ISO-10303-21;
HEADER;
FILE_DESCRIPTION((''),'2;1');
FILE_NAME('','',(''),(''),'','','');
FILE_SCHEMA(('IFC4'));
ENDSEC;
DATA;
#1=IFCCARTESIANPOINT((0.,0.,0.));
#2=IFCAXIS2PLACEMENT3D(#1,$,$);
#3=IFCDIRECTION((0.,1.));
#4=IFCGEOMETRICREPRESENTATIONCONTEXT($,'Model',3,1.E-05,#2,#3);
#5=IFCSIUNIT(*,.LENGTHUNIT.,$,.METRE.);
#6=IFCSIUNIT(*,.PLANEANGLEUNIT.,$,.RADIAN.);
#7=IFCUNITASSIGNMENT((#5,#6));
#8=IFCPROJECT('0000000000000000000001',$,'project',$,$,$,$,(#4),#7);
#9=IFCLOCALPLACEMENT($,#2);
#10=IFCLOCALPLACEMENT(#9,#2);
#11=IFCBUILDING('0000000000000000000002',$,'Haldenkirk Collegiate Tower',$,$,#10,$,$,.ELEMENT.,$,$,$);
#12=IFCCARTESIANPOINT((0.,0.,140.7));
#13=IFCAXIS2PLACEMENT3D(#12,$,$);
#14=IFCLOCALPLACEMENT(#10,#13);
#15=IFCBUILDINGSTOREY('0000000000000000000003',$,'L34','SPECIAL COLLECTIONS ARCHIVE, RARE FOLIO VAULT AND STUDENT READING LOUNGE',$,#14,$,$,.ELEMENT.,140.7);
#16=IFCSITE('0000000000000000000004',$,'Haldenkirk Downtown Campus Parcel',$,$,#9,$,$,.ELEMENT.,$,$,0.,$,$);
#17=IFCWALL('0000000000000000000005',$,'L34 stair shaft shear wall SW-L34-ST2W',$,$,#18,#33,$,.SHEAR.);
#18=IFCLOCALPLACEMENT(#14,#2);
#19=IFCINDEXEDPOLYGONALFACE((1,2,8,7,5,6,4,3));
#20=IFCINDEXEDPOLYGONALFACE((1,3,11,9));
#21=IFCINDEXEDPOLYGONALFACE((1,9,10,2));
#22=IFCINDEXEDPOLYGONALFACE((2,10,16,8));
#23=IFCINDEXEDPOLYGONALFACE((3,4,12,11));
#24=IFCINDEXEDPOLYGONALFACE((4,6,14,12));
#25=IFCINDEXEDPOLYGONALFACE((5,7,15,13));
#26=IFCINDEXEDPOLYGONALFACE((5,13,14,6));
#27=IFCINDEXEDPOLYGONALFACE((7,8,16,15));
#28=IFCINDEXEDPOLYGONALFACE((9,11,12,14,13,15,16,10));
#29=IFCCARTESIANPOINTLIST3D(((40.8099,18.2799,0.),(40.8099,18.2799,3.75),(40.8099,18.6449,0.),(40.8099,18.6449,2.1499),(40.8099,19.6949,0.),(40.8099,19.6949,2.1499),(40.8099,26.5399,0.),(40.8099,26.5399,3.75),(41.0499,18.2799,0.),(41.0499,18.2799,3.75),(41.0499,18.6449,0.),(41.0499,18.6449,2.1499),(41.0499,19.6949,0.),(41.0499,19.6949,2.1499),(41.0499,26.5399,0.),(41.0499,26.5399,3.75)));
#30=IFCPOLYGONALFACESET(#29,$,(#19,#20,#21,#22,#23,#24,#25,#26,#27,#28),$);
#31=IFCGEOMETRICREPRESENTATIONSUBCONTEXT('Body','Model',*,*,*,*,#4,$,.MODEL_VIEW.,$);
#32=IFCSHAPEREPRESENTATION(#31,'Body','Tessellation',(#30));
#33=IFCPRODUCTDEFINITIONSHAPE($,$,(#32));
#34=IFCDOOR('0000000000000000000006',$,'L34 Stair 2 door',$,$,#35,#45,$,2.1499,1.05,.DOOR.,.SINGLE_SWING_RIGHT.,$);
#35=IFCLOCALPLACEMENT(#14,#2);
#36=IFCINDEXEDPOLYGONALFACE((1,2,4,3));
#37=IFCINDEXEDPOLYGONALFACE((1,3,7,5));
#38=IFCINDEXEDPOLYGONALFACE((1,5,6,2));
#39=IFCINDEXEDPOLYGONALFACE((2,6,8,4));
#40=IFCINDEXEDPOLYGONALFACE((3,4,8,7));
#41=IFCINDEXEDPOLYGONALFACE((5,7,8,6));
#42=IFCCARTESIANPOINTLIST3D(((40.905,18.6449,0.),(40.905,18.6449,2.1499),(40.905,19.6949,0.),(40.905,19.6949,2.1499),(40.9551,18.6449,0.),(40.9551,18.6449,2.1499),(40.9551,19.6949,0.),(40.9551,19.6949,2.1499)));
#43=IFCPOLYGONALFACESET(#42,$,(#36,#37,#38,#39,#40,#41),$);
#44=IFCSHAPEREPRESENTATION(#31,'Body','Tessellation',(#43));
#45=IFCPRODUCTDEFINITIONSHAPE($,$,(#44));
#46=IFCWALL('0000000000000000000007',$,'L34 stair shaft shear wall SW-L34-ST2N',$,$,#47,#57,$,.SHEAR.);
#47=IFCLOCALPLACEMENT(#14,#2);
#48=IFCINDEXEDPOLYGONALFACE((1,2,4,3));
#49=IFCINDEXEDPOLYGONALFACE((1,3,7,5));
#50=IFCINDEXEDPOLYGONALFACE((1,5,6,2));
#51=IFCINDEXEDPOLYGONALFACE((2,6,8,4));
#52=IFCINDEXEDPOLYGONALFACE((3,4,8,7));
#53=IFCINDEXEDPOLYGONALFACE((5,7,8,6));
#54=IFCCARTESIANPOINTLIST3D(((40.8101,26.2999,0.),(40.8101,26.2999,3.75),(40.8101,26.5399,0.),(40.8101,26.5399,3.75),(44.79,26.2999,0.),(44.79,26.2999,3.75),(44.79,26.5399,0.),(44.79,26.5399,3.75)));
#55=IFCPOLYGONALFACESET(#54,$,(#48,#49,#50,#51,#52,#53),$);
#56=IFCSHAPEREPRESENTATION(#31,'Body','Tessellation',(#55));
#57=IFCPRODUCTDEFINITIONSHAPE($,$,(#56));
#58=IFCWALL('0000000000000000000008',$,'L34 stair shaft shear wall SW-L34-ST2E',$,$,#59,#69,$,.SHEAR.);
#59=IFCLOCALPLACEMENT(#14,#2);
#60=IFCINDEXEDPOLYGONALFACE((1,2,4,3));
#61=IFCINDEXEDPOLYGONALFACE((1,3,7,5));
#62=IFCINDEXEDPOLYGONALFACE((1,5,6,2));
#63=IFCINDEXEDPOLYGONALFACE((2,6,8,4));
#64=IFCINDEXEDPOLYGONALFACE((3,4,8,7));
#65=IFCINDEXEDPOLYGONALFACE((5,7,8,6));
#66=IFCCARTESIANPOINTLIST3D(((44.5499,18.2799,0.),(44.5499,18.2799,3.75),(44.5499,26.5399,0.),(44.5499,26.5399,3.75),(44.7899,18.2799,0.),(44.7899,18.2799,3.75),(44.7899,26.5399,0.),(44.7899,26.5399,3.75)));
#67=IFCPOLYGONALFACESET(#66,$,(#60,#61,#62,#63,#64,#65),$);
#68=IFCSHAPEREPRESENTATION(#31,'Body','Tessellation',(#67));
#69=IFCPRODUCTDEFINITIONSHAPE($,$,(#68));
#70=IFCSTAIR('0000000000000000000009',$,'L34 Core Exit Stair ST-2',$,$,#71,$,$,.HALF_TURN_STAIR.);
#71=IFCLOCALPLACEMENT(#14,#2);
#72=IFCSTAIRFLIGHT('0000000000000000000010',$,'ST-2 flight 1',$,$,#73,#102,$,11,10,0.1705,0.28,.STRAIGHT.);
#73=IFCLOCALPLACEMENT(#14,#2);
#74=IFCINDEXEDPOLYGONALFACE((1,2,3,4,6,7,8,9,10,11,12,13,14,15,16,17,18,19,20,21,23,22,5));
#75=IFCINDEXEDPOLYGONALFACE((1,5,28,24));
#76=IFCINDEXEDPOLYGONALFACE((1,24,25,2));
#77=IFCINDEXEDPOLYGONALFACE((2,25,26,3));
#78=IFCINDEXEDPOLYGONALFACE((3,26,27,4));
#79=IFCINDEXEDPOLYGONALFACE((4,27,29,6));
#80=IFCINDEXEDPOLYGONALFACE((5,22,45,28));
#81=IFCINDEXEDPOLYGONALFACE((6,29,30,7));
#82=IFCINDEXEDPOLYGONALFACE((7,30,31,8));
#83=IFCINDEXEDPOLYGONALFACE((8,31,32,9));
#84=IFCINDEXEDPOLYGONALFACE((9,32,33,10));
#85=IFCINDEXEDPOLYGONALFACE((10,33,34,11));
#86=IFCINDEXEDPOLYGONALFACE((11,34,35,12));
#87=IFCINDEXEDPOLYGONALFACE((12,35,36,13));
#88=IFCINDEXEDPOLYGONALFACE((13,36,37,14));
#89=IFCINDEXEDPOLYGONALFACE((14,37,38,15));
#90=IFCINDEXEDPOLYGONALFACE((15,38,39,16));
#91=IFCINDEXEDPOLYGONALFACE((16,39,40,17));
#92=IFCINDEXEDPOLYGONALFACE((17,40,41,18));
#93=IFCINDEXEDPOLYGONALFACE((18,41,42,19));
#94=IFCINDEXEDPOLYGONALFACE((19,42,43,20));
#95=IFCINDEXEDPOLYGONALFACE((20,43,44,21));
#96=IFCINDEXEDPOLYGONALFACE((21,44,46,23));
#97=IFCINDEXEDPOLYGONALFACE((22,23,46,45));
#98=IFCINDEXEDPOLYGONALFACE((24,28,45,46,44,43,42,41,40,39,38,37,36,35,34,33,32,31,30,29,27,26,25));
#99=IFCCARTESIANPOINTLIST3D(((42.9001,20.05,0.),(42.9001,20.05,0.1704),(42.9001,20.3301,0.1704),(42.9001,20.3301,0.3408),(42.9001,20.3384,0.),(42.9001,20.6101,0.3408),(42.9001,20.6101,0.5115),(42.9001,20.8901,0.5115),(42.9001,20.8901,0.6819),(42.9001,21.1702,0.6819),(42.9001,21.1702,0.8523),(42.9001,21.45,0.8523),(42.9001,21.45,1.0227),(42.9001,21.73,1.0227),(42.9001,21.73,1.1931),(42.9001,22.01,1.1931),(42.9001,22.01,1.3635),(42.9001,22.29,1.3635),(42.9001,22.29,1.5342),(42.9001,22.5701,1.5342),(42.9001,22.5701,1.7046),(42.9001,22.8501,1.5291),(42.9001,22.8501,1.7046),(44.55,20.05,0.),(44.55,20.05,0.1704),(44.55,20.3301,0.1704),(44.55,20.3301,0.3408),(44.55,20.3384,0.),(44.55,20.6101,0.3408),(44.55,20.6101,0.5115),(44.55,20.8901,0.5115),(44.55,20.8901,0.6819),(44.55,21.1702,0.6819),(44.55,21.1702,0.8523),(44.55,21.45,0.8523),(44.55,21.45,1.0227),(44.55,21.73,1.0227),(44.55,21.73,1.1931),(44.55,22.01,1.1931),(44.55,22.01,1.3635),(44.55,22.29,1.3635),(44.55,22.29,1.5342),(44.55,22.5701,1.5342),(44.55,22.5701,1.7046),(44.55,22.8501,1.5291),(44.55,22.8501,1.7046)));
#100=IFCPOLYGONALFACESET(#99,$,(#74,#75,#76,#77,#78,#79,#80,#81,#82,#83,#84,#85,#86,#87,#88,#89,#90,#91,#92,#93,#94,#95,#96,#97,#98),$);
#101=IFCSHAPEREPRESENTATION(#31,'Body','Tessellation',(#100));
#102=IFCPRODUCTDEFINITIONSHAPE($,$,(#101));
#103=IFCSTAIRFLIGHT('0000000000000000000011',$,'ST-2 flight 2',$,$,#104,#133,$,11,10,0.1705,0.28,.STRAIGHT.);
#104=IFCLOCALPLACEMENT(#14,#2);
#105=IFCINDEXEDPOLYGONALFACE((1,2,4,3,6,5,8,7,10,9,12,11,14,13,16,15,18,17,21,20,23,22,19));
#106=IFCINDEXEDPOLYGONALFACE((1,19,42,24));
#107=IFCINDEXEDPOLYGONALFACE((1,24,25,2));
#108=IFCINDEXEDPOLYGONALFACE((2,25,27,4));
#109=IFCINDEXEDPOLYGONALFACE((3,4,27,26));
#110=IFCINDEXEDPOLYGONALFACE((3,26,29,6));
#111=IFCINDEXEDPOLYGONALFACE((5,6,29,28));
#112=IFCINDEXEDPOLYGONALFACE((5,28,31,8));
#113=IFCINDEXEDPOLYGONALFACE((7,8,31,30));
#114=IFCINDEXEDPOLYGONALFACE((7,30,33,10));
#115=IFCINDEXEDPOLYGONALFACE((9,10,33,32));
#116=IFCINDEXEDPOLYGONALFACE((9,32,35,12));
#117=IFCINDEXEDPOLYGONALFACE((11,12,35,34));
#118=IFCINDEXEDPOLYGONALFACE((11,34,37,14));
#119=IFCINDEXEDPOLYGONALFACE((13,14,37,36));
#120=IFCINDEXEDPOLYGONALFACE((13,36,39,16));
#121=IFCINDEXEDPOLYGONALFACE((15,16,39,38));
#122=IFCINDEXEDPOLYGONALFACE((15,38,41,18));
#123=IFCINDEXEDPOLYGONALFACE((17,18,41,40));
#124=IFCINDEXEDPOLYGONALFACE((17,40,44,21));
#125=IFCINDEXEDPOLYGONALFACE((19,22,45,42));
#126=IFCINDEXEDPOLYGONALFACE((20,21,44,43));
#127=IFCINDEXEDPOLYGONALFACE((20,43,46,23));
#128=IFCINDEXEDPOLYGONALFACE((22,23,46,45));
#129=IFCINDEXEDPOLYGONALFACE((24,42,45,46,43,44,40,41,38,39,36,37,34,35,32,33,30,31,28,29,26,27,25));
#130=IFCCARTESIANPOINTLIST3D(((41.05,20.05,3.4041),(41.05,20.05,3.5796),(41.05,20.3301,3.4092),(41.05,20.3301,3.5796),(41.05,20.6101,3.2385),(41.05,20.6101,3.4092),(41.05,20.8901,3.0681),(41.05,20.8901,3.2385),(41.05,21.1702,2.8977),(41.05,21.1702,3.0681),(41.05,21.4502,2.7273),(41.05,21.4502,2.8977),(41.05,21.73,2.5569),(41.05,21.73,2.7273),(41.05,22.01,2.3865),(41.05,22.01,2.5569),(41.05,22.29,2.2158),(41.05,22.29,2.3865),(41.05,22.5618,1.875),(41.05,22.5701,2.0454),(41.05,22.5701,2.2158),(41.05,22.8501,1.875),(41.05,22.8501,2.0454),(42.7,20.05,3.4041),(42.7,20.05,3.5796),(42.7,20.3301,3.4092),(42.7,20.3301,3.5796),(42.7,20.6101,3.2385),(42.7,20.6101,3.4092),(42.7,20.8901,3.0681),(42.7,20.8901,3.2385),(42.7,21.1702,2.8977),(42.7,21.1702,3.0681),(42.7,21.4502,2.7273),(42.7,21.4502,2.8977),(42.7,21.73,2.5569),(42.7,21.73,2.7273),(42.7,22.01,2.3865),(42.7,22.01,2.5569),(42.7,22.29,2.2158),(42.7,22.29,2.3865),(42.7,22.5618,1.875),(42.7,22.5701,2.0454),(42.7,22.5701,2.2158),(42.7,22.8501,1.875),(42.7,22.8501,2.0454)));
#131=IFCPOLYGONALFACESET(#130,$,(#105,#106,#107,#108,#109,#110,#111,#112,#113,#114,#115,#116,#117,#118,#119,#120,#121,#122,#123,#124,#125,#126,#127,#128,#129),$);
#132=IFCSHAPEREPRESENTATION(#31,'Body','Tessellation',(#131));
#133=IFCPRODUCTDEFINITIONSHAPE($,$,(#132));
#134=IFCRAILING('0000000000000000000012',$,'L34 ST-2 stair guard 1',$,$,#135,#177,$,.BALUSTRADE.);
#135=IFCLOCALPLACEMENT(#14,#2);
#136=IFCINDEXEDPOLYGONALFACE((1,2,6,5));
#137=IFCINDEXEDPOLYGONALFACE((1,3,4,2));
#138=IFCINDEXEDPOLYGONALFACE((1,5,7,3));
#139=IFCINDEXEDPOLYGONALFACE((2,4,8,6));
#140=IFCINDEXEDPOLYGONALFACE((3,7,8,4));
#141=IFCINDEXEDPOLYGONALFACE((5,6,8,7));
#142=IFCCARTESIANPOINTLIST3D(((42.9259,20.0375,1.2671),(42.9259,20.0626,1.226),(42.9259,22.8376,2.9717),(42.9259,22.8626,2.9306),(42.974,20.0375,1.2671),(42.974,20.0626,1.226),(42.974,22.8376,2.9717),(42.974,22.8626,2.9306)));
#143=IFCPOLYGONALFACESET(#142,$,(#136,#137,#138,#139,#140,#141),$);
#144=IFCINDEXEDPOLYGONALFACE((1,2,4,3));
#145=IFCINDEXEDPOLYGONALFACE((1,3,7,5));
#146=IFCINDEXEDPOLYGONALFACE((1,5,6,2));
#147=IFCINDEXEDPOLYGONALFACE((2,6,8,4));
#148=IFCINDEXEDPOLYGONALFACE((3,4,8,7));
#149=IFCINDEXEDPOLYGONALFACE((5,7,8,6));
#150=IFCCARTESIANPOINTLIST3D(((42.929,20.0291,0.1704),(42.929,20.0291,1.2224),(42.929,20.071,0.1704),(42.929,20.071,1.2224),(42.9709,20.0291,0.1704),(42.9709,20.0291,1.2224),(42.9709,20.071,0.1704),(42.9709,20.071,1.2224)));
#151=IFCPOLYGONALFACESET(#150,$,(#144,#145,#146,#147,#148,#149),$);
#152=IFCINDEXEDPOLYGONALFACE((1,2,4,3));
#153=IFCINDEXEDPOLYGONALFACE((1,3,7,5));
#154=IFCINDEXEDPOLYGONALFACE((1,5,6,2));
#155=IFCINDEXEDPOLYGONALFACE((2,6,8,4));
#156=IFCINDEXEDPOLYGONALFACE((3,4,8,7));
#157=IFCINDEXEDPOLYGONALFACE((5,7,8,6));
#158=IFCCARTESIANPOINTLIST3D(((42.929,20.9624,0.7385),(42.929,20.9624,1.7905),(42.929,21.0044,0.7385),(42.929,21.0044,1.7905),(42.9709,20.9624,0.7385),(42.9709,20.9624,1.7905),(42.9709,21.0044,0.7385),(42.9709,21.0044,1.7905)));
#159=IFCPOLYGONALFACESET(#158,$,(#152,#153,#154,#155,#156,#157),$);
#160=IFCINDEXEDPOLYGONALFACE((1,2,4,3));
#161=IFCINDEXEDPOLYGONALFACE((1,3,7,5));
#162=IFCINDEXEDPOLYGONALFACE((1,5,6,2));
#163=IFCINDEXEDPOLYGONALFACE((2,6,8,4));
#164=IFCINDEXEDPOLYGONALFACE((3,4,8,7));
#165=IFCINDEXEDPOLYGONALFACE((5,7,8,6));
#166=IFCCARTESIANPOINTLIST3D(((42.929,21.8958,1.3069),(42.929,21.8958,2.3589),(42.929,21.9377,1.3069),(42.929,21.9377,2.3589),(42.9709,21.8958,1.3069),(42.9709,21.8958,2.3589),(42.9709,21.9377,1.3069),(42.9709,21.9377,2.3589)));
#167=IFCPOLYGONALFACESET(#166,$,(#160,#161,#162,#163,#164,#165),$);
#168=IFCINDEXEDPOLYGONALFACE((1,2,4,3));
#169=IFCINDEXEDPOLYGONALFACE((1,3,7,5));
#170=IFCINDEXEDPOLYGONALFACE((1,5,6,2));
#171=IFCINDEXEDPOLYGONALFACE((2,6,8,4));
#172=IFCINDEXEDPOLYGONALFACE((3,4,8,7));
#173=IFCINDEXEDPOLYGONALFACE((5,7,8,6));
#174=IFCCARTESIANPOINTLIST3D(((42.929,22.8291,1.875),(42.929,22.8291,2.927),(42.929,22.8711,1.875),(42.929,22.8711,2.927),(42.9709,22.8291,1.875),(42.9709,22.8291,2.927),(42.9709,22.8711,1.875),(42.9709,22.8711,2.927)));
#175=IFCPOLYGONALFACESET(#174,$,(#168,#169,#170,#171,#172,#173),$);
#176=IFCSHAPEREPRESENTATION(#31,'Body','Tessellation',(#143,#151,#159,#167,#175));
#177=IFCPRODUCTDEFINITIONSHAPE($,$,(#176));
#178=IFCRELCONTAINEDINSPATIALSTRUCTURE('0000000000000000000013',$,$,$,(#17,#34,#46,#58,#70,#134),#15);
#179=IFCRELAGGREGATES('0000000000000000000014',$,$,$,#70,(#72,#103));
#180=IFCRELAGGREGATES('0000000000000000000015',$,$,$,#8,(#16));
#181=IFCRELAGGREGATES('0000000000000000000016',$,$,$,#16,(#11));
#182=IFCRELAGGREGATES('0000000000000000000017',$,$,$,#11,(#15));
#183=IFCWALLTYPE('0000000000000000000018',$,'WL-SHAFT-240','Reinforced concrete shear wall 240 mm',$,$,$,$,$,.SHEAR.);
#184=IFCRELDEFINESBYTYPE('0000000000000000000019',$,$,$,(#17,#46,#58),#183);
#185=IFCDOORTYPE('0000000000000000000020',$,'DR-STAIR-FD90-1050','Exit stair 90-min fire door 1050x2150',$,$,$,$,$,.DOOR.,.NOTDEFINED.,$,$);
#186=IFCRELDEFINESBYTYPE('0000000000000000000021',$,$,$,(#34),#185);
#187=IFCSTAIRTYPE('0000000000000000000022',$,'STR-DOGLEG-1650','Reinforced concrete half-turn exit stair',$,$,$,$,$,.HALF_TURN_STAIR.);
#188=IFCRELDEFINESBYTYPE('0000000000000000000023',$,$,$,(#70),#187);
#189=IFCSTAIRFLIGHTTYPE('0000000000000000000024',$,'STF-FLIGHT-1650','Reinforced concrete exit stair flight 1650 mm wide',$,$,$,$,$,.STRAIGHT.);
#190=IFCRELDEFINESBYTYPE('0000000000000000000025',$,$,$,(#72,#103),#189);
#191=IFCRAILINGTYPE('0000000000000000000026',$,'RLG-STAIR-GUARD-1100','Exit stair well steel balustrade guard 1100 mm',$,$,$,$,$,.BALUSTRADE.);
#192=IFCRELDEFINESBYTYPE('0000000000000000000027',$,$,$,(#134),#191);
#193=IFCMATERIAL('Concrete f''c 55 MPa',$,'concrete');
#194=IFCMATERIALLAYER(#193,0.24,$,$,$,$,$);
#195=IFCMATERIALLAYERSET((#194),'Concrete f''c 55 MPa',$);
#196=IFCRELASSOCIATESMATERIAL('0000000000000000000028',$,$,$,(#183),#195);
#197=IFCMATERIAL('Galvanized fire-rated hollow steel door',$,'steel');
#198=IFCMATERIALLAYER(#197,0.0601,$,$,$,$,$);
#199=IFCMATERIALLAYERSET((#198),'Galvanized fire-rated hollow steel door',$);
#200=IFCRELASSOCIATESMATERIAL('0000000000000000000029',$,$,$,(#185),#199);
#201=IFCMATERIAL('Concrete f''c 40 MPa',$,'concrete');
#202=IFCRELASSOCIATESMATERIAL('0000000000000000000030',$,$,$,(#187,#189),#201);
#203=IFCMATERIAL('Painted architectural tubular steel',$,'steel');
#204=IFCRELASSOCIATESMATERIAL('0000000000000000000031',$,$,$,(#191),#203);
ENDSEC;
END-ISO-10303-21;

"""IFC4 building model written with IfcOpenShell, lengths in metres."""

from ifc_helpers import new_model, si_unit, direction, frame, frame_2d, origin, origin_2d, place, context, subcontext, project, spatial, polyline, rectangle, outline, extrude, material, layer, layer_set, type_object, element, fill, aggregate, save


model = new_model("IFC4")

# Units and contexts
model_context = context("Model", 3, precision=1e-05, world=origin(), true_north=direction((0.0, 1.0)))
body_context = subcontext(model_context, "Body", "Model", "MODEL_VIEW")
ifc_project = project(units=[si_unit("LENGTHUNIT", "METRE"), si_unit("PLANEANGLEUNIT", "RADIAN")], contexts=[model_context])

# Site, building, storey
site_placement = place(None, origin())
site = spatial("IfcSite", under=ifc_project, at=site_placement, Name="Haldenkirk Downtown Campus Parcel", CompositionType="ELEMENT", RefElevation=0.0)
building_placement = place(site_placement, origin())
building = spatial("IfcBuilding", under=site, at=building_placement, Name="Haldenkirk Collegiate Tower", CompositionType="ELEMENT")
storey_placement = place(building_placement, frame((0.0, 0.0, 140.7)))
storey = spatial("IfcBuildingStorey", under=building, at=storey_placement, Name="L34", Description="SPECIAL COLLECTIONS ARCHIVE, RARE FOLIO VAULT AND STUDENT READING LOUNGE", CompositionType="ELEMENT", Elevation=140.7)

# Wall, opening, door
ifc_material_1 = material(Name="Concrete f'c 55 MPa", Category="concrete")
ifc_layer_1 = layer(ifc_material_1, 0.24)
ifc_layer_set_1 = layer_set([ifc_layer_1], Name="Concrete f'c 55 MPa")
wall_type_1 = type_object("IfcWallType", Name="WL-SHAFT-240", Description="Reinforced concrete shear wall 240 mm", PredefinedType="SHEAR", material=ifc_layer_set_1)
wall_1_placement = place(storey_placement, frame((40.9299, 18.28, 0.0), z_axis=(0.0, 0.0, 1.0), x_axis=(0.0, 1.0, 0.0)))
wall_1 = element("IfcWall", 1, at=wall_1_placement, inside=storey, type_object=wall_type_1, Name="L34 stair shaft shear wall SW-L34-ST2W", PredefinedType="SHEAR", context=body_context, shape_type="SweptSolid", body=[
    extrude(rectangle(XDim=8.26, YDim=0.24, at=frame_2d((4.1299, 0.0))), origin(), (0.0, 0.0, 1.0), 3.75),
])
opening_1_placement = place(wall_1_placement, frame((0.365, 0.0, 0.0)))
opening_1 = element("IfcOpeningElement", 2, at=opening_1_placement, cuts=wall_1, PredefinedType="OPENING", context=body_context, shape_type="SweptSolid", body=[
    extrude(rectangle(XDim=1.05, YDim=2.1499, at=frame_2d((0.5249, 1.075))), frame((0.0, 0.1299, 0.0), z_axis=(0.0, -1.0, 0.0), x_axis=(1.0, 0.0, 0.0)), (0.0, 0.0, 1.0), 0.26),
])
ifc_material_2 = material(Name="Galvanized fire-rated hollow steel door", Category="steel")
ifc_layer_2 = layer(ifc_material_2, 0.0601)
ifc_layer_set_2 = layer_set([ifc_layer_2], Name="Galvanized fire-rated hollow steel door")
door_type_1 = type_object("IfcDoorType", Name="DR-STAIR-FD90-1050", Description="Exit stair 90-min fire door 1050x2150", OperationType="NOTDEFINED", PredefinedType="DOOR", material=ifc_layer_set_2)
door_1_placement = place(opening_1_placement, origin())
door_1 = element("IfcDoor", 3, at=door_1_placement, inside=storey, type_object=door_type_1, Name="L34 Stair 2 door", OperationType="SINGLE_SWING_RIGHT", OverallHeight=2.1499, OverallWidth=1.05, PredefinedType="DOOR", context=body_context, shape_type="SweptSolid", body=[
    extrude(rectangle(XDim=1.05, YDim=2.1499, at=frame_2d((0.5249, 1.075))), frame((0.0, 0.0249, 0.0), z_axis=(0.0, -1.0, 0.0), x_axis=(1.0, 0.0, 0.0)), (0.0, 0.0, 1.0), 0.05),
])
fill(opening_1, door_1)

# Walls
wall_2_placement = place(storey_placement, frame((40.8101, 26.4199, 0.0), z_axis=(0.0, 0.0, 1.0), x_axis=(1.0, 0.0, 0.0)))
element("IfcWall", 4, at=wall_2_placement, inside=storey, type_object=wall_type_1, Name="L34 stair shaft shear wall SW-L34-ST2N", PredefinedType="SHEAR", context=body_context, shape_type="SweptSolid", body=[
    extrude(rectangle(XDim=3.98, YDim=0.24, at=frame_2d((1.99, 0.0))), origin(), (0.0, 0.0, 1.0), 3.75),
])
wall_3_placement = place(storey_placement, frame((44.6699, 18.28, 0.0), z_axis=(0.0, 0.0, 1.0), x_axis=(0.0, 1.0, 0.0)))
element("IfcWall", 5, at=wall_3_placement, inside=storey, type_object=wall_type_1, Name="L34 stair shaft shear wall SW-L34-ST2E", PredefinedType="SHEAR", context=body_context, shape_type="SweptSolid", body=[
    extrude(rectangle(XDim=8.26, YDim=0.24, at=frame_2d((4.1299, 0.0))), origin(), (0.0, 0.0, 1.0), 3.75),
])

# Stair, stair flights
ifc_material_3 = material(Name="Concrete f'c 40 MPa", Category="concrete")
stair_type = type_object("IfcStairType", Name="STR-DOGLEG-1650", Description="Reinforced concrete half-turn exit stair", PredefinedType="HALF_TURN_STAIR", material=ifc_material_3)
stair_placement = place(storey_placement, origin())
stair = element("IfcStair", 6, at=stair_placement, inside=storey, type_object=stair_type, Name="L34 Core Exit Stair ST-2", PredefinedType="HALF_TURN_STAIR")
stair_flight_type = type_object("IfcStairFlightType", Name="STF-FLIGHT-1650", Description="Reinforced concrete exit stair flight 1650 mm wide", PredefinedType="STRAIGHT", material=ifc_material_3)
stair_flight_1_placement = place(storey_placement, frame((43.7251, 20.05, 0.0), z_axis=(0.0, 0.0, 1.0), x_axis=(0.0, 1.0, 0.0)))
stair_flight_1 = element("IfcStairFlight", 7, at=stair_flight_1_placement, type_object=stair_flight_type, Name="ST-2 flight 1", NumberOfRisers=11, NumberOfTreads=10, PredefinedType="STRAIGHT", RiserHeight=0.1705, TreadLength=0.28, context=body_context, shape_type="SweptSolid", body=[
    extrude(outline(polyline([(0.0, 0.0), (0.0, 0.1704), (0.28, 0.1704), (0.28, 0.3408), (0.5601, 0.3408), (0.5601, 0.5115), (0.8401, 0.5115), (0.8401, 0.6819), (1.1201, 0.6819), (1.1201, 0.8523), (1.3999, 0.8523), (1.3999, 1.0227), (1.6799, 1.0227), (1.6799, 1.1931), (1.96, 1.1931), (1.96, 1.3635), (2.24, 1.3635), (2.24, 1.5342), (2.52, 1.5342), (2.52, 1.7046), (2.8, 1.7046), (2.8, 1.875), (2.8, 1.5291), (0.2883, 0.0), (0.0, 0.0)])), frame((0.0, 0.825, 0.0), z_axis=(0.0, -1.0, 0.0), x_axis=(1.0, 0.0, 0.0)), (0.0, 0.0, 1.0), 1.6499),
])
stair_flight_2_placement = place(storey_placement, frame((41.875, 22.8501, 1.875), z_axis=(0.0, 0.0, 1.0), x_axis=(0.0, -1.0, 0.0)))
stair_flight_2 = element("IfcStairFlight", 8, at=stair_flight_2_placement, type_object=stair_flight_type, Name="ST-2 flight 2", NumberOfRisers=11, NumberOfTreads=10, PredefinedType="STRAIGHT", RiserHeight=0.1705, TreadLength=0.28, context=body_context, shape_type="SweptSolid", body=[
    extrude(outline(polyline([(0.0, 0.0), (0.0, 0.1704), (0.28, 0.1704), (0.28, 0.3408), (0.5601, 0.3408), (0.5601, 0.5115), (0.8401, 0.5115), (0.8401, 0.6819), (1.1201, 0.6819), (1.1201, 0.8523), (1.3999, 0.8523), (1.3999, 1.0227), (1.6799, 1.0227), (1.6799, 1.1931), (1.96, 1.1931), (1.96, 1.3635), (2.24, 1.3635), (2.24, 1.5342), (2.52, 1.5342), (2.52, 1.7046), (2.8, 1.7046), (2.8, 1.875), (2.8, 1.5291), (0.2883, 0.0), (0.0, 0.0)])), frame((0.0, 0.825, 0.0), z_axis=(0.0, -1.0, 0.0), x_axis=(1.0, 0.0, 0.0)), (0.0, 0.0, 1.0), 1.6499),
])
aggregate(stair, [stair_flight_1, stair_flight_2])

# Railing
ifc_material_4 = material(Name="Painted architectural tubular steel", Category="steel")
railing_type_1 = type_object("IfcRailingType", Name="RLG-STAIR-GUARD-1100", Description="Exit stair well steel balustrade guard 1100 mm", PredefinedType="BALUSTRADE", material=ifc_material_4)
railing_1_placement = place(storey_placement, frame((42.95, 20.05, 0.1704)))
element("IfcRailing", 9, at=railing_1_placement, inside=storey, type_object=railing_type_1, Name="L34 ST-2 stair guard 1", PredefinedType="BALUSTRADE", context=body_context, shape_type="SweptSolid", body=[
    extrude(rectangle(XDim=0.0481, YDim=0.0481, at=origin_2d()), frame((0.0, 0.0, 1.0762), z_axis=(0.0, 0.85417, 0.519994), x_axis=(-1.0, 0.0, 0.0)), (0.0, 0.0, 1.0), 3.2781),
    extrude(rectangle(XDim=0.042, YDim=0.042, at=origin_2d()), origin(), (0.0, 0.0, 1.0), 1.052),
    extrude(rectangle(XDim=0.042, YDim=0.042, at=origin_2d()), frame((0.0, 0.9333, 0.5681)), (0.0, 0.0, 1.0), 1.052),
    extrude(rectangle(XDim=0.042, YDim=0.042, at=origin_2d()), frame((0.0, 1.8667, 1.1365)), (0.0, 0.0, 1.0), 1.052),
    extrude(rectangle(XDim=0.042, YDim=0.042, at=origin_2d()), frame((0.0, 2.8, 1.7046)), (0.0, 0.0, 1.0), 1.052),
])

save(model, "model.ifc")
